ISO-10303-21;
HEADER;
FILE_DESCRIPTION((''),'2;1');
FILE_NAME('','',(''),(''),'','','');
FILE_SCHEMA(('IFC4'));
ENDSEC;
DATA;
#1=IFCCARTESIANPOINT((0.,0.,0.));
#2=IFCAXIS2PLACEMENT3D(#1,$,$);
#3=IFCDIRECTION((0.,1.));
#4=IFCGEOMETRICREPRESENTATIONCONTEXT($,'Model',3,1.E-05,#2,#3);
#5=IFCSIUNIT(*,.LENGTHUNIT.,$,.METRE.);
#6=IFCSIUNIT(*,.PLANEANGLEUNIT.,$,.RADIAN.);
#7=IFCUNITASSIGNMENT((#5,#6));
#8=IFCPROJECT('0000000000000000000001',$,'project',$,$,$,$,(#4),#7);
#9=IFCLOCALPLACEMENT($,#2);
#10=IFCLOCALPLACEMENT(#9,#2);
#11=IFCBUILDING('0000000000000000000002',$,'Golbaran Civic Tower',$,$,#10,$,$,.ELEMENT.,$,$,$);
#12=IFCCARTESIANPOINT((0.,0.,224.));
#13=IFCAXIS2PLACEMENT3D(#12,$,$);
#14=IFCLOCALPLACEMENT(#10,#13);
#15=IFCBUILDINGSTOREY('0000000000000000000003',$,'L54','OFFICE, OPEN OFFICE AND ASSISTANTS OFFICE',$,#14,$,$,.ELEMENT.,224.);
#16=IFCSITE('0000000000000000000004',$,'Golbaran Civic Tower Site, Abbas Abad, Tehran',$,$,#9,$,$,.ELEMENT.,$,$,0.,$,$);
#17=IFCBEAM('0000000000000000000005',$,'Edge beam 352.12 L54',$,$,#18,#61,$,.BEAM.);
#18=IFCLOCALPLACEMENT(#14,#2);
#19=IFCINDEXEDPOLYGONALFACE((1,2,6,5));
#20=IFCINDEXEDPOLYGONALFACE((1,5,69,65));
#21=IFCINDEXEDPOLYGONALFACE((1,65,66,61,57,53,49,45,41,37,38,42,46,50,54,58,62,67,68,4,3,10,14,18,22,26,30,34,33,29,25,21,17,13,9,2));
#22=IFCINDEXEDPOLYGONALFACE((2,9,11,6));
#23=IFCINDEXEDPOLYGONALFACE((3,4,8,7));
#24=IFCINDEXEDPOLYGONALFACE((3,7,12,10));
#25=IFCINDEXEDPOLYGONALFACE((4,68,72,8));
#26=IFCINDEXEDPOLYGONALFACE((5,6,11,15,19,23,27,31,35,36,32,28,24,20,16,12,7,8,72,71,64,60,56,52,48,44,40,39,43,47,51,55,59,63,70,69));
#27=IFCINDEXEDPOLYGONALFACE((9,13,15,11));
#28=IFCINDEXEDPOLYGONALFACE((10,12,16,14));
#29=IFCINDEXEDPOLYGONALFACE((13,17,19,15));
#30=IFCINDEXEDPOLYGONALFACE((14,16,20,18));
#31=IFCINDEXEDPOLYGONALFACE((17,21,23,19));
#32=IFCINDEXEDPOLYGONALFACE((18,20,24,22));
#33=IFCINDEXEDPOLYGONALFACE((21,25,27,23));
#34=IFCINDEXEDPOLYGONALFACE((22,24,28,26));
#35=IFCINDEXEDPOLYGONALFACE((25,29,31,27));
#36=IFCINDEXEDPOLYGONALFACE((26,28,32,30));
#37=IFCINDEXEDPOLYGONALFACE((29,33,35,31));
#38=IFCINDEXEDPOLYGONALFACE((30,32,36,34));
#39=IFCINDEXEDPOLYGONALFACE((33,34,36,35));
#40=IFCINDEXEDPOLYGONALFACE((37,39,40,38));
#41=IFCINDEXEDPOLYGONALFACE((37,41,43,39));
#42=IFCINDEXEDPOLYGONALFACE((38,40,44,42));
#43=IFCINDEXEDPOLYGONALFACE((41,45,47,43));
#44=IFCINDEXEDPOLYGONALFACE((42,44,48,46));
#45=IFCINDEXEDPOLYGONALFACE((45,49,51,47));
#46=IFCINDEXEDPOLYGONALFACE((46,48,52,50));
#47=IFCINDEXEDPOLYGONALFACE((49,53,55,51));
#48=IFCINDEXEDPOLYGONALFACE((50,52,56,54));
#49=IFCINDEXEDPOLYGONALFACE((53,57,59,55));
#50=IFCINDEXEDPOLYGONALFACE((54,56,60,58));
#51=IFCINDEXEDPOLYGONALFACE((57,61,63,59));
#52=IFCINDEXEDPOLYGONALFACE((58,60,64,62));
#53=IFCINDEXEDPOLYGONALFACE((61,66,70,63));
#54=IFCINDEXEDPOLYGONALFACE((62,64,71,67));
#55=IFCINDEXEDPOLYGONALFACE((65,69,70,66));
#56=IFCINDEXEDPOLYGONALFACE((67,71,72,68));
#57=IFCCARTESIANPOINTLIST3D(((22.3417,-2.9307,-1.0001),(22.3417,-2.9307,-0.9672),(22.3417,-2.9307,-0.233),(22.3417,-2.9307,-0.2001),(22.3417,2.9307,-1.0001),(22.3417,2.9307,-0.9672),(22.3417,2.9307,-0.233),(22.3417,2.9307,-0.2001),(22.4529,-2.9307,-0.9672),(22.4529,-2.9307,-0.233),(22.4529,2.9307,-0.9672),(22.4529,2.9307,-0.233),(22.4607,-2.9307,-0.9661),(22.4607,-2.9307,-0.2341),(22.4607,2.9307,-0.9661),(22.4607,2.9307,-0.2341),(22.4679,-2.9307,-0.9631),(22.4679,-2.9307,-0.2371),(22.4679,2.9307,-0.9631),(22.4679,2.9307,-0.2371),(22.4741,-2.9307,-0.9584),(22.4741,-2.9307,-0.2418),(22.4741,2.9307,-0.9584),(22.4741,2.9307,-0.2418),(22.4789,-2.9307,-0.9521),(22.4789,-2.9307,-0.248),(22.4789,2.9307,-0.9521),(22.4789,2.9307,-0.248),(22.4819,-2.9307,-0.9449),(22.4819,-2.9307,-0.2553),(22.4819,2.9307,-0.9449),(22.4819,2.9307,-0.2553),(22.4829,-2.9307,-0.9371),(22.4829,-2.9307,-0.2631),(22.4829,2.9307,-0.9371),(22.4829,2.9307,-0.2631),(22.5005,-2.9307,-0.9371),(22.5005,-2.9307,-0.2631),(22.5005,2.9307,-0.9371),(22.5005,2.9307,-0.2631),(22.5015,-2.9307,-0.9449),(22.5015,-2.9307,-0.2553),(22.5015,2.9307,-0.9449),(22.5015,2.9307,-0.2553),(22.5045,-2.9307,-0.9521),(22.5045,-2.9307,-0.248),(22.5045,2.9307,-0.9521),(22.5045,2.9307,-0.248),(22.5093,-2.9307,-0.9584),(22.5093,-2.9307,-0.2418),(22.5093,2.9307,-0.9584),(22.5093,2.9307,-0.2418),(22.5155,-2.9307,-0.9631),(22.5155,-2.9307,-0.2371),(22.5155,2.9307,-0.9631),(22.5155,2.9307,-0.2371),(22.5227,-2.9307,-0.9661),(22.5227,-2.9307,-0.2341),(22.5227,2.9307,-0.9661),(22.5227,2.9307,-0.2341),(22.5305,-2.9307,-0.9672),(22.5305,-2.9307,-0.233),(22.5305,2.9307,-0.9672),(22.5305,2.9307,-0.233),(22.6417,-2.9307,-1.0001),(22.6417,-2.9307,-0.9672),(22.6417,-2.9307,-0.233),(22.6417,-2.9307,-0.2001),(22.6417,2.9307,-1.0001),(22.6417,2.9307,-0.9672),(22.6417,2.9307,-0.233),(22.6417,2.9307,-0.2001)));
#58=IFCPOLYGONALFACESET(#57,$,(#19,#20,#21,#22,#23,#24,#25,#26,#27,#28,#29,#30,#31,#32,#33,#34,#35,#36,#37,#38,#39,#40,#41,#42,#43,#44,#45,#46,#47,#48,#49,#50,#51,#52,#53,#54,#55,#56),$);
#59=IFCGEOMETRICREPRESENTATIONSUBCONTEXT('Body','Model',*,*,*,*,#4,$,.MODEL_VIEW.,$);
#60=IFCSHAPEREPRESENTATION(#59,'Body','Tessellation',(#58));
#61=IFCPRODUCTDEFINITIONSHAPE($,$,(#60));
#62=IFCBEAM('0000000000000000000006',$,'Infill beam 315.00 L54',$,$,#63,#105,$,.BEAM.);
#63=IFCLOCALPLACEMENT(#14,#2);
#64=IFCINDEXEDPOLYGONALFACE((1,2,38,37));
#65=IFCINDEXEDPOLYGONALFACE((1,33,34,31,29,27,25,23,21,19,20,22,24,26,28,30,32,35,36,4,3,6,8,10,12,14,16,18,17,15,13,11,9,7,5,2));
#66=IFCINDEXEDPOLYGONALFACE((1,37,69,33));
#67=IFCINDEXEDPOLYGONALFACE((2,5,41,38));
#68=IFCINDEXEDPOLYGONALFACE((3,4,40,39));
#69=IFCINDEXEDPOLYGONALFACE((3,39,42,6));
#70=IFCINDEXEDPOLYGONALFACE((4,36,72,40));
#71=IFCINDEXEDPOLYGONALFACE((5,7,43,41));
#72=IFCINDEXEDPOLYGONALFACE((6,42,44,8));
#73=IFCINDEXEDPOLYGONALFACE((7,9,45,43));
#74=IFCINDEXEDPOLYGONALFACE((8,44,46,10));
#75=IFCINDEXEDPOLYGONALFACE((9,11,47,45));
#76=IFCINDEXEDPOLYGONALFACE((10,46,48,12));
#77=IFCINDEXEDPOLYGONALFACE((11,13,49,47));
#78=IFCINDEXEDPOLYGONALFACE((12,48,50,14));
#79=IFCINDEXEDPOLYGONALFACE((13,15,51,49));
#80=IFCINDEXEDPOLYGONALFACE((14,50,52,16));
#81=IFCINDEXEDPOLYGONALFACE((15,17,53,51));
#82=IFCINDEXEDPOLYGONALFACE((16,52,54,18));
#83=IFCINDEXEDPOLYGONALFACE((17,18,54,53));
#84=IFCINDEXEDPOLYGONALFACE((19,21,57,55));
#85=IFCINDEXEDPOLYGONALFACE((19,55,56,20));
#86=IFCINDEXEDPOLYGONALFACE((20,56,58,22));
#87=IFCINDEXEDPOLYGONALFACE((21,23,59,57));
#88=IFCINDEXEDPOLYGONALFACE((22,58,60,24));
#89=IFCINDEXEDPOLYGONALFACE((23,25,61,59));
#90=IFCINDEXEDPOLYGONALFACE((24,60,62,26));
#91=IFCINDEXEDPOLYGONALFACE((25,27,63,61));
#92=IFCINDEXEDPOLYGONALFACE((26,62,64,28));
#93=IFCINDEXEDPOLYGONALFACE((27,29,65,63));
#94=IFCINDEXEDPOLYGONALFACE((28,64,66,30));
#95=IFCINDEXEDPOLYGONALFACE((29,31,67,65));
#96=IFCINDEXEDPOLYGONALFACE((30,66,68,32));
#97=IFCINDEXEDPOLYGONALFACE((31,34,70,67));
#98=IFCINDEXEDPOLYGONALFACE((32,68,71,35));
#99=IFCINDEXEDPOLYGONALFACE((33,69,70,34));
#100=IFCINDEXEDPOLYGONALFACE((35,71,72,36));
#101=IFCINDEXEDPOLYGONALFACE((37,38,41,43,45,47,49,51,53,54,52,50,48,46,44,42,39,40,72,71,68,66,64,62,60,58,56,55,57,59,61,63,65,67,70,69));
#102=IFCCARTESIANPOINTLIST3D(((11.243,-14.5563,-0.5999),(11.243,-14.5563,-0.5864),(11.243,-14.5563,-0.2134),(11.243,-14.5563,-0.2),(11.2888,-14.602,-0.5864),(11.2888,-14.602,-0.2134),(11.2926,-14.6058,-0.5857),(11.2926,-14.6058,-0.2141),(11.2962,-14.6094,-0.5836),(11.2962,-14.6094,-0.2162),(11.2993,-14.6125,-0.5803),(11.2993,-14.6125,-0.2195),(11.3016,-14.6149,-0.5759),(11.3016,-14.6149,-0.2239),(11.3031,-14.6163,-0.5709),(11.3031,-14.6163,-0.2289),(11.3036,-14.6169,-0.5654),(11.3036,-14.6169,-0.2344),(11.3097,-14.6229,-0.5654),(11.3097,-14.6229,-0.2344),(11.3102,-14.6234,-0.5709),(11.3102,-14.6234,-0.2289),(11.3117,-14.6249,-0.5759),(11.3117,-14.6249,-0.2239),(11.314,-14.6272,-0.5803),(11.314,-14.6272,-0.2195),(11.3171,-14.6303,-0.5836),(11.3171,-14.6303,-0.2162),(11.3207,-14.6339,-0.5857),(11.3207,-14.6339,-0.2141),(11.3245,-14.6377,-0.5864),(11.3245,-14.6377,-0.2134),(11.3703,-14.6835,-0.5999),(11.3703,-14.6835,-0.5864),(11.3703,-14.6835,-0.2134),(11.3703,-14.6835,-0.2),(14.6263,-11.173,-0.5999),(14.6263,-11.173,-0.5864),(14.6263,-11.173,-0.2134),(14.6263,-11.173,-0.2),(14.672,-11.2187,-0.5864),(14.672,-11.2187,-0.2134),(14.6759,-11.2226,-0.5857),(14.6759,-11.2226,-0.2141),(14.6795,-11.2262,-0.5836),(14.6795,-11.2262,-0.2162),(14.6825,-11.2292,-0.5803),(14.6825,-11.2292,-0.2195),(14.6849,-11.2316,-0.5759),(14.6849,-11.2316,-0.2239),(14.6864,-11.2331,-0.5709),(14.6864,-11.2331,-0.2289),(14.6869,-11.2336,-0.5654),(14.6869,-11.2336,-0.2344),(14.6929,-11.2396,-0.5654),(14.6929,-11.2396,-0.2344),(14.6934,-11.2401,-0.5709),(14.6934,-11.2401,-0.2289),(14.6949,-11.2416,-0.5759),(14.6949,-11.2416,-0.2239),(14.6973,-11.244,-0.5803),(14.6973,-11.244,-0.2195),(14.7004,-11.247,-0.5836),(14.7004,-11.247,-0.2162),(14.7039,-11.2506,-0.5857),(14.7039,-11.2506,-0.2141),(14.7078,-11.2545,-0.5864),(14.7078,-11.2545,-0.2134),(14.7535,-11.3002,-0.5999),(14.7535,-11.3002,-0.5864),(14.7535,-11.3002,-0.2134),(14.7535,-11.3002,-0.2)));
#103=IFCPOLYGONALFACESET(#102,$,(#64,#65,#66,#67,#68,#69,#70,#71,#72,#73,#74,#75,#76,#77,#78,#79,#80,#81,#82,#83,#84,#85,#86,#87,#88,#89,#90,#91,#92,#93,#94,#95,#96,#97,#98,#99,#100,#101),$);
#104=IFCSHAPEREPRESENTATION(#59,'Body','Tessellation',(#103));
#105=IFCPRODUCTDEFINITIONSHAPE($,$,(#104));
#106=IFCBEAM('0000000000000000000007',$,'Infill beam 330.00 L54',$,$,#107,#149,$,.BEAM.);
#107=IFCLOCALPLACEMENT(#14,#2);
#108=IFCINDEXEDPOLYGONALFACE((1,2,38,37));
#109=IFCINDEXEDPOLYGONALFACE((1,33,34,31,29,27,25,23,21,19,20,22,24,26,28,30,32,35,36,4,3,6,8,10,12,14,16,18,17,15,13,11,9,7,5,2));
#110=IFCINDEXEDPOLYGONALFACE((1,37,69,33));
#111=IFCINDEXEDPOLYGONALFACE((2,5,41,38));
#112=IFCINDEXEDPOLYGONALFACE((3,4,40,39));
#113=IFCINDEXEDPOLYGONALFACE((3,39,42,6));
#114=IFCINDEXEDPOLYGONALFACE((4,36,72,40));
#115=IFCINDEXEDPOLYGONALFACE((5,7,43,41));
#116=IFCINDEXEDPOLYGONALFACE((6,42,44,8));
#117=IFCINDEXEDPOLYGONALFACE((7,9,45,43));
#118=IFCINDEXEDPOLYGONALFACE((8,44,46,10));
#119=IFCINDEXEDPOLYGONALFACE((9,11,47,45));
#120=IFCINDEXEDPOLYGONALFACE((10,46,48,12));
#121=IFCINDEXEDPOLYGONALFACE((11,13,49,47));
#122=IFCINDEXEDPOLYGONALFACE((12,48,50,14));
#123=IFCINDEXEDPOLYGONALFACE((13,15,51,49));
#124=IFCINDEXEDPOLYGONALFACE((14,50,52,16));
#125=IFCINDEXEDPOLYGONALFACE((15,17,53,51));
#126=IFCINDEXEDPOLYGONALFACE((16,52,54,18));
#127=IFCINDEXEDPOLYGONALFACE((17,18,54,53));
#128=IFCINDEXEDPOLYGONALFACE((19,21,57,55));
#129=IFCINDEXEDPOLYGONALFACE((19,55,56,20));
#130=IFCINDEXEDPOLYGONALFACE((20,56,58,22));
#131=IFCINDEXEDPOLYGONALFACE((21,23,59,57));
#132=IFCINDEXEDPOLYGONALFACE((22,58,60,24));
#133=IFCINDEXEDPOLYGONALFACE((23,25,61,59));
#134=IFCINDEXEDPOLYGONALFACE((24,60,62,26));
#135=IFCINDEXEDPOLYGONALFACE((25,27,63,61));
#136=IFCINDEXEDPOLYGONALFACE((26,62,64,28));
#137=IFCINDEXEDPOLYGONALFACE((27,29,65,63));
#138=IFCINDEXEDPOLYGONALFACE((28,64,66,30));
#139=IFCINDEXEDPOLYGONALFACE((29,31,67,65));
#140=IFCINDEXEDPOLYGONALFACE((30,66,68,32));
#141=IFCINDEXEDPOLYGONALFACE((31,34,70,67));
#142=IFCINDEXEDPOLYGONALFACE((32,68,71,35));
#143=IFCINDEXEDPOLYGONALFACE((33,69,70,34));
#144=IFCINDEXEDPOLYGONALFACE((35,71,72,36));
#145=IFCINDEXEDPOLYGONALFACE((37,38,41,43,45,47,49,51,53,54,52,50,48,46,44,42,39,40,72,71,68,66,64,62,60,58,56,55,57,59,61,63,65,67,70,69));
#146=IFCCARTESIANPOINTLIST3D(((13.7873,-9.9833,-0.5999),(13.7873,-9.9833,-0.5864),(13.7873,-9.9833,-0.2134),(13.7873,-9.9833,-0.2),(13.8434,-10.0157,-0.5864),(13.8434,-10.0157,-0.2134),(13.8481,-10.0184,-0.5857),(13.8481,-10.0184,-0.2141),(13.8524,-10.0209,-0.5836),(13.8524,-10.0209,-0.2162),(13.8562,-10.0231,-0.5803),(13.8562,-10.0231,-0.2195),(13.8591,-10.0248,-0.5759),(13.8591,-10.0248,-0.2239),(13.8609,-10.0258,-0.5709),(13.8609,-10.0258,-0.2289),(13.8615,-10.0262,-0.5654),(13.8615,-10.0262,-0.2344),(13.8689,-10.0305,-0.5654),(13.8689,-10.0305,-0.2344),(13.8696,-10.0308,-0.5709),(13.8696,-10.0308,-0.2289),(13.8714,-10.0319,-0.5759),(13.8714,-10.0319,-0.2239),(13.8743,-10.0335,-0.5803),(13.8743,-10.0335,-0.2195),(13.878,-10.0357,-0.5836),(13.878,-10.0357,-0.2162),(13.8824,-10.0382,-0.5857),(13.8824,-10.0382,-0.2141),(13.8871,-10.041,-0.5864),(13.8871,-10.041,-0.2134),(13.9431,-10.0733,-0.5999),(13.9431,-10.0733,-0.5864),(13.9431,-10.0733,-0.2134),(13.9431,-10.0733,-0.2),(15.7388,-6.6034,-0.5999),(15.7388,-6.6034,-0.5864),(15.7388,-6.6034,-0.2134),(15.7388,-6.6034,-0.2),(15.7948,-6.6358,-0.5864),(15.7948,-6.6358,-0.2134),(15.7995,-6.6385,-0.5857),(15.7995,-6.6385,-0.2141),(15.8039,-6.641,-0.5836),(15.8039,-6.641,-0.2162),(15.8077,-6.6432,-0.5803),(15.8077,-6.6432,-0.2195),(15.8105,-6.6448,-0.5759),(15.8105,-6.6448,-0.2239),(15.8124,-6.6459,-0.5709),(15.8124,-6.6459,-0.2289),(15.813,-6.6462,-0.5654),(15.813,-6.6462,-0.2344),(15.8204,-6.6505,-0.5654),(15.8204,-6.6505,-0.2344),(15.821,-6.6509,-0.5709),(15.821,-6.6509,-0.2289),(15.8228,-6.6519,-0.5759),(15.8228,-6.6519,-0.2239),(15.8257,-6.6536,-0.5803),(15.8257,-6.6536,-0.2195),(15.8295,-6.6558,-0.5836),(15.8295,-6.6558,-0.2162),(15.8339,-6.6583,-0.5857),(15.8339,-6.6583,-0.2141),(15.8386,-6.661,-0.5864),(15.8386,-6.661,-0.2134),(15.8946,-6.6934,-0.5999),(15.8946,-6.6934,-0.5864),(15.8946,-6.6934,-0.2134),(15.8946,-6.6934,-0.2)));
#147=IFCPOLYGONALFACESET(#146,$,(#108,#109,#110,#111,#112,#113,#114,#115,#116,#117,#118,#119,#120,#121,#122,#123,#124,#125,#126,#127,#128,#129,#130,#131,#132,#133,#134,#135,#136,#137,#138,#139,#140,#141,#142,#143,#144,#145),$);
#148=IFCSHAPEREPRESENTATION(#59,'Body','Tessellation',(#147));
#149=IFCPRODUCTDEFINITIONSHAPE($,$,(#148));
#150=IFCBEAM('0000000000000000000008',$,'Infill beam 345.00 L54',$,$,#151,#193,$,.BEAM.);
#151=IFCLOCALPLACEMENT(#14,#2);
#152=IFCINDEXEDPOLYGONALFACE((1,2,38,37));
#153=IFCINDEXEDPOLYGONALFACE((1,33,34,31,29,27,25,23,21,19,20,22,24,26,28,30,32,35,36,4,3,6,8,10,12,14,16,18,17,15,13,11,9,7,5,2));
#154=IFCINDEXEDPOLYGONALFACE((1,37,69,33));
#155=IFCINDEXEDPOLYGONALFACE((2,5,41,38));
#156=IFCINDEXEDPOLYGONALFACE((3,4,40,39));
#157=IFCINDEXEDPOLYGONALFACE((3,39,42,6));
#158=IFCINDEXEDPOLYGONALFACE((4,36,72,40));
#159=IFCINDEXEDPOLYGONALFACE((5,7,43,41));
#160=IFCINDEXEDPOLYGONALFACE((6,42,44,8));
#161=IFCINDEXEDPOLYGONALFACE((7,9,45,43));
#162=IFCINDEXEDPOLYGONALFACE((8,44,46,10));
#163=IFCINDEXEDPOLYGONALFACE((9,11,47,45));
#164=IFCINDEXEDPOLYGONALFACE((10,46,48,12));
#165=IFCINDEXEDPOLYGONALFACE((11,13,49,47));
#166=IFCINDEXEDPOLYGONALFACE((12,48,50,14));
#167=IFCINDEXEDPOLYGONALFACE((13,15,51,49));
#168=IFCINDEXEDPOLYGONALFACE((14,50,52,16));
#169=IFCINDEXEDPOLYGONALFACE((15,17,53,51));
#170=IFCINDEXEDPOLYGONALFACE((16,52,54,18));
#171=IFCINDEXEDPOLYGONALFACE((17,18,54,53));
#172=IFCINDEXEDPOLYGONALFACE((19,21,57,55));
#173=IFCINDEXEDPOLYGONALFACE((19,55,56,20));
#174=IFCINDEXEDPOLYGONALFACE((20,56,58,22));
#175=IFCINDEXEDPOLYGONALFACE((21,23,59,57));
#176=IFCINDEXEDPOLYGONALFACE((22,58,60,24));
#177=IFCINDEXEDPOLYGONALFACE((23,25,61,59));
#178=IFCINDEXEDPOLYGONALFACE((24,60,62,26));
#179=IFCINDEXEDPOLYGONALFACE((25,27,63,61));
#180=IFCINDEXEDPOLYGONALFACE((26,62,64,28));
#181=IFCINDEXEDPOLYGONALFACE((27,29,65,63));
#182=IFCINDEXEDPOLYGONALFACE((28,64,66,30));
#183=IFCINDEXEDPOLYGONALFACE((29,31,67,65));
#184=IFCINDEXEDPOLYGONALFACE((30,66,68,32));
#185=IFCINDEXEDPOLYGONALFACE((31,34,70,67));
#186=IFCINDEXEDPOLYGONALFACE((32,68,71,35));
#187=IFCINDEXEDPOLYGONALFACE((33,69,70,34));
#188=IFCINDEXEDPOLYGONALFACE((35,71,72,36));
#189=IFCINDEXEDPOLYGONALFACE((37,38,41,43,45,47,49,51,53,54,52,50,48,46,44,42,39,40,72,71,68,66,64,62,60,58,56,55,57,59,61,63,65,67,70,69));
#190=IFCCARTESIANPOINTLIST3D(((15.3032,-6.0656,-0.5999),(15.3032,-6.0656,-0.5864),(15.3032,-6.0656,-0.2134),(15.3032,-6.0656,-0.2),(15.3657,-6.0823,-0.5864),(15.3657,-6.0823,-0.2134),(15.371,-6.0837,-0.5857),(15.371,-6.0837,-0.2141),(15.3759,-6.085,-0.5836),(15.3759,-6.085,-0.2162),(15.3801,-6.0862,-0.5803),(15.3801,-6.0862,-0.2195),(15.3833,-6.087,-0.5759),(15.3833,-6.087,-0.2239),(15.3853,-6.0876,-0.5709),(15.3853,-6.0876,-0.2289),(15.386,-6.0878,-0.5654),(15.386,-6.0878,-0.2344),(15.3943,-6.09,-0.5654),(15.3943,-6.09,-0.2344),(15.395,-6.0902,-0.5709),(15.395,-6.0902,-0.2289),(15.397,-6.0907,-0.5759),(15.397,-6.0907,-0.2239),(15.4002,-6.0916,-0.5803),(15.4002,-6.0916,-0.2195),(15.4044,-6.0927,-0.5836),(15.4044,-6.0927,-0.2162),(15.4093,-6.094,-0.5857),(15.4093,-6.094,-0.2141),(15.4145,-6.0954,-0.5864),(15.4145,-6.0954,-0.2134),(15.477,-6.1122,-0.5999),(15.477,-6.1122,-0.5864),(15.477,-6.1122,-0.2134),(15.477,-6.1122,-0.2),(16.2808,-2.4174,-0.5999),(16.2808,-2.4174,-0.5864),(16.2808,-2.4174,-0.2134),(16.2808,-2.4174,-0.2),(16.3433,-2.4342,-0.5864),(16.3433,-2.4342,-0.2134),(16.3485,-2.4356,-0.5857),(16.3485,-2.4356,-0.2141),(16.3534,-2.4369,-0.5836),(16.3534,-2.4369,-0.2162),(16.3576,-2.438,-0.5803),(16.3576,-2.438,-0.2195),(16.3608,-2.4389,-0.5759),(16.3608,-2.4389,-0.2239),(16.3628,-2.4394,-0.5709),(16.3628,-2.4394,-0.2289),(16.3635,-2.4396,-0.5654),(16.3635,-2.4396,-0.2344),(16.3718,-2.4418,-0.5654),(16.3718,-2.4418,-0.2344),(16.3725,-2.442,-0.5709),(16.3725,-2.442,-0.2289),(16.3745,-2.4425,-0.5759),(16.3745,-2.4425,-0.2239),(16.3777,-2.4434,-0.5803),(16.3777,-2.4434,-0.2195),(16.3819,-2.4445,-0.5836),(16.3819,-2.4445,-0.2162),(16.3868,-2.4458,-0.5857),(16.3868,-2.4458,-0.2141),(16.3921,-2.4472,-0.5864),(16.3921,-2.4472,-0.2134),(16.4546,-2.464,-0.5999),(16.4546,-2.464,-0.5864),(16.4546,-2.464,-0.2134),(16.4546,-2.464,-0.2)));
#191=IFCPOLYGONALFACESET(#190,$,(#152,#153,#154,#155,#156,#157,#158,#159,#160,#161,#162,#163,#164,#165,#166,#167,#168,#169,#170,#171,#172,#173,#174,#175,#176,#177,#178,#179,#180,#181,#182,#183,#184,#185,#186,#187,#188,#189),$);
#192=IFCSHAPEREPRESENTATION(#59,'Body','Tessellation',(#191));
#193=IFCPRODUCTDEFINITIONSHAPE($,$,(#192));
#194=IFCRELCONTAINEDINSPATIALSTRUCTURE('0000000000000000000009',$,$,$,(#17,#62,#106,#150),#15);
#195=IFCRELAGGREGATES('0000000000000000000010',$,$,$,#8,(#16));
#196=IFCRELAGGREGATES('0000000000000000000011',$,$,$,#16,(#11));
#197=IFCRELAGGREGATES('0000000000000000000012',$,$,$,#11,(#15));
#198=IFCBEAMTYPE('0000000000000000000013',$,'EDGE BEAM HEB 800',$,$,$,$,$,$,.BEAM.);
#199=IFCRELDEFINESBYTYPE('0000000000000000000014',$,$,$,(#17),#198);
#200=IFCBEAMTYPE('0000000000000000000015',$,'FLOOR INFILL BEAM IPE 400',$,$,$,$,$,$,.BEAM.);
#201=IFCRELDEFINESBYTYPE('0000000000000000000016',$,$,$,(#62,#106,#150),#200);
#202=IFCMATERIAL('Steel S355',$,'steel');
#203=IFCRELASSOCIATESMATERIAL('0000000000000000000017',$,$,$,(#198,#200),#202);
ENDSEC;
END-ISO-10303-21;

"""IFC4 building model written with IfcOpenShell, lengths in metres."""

from ifc_helpers import new_model, si_unit, direction, frame, origin, origin_2d, place, context, subcontext, project, spatial, i_section, extrude, material, material_profile, profile_set, type_object, element, save


model = new_model("IFC4")

# Units and contexts
model_context = context("Model", 3, precision=1e-05, world=origin(), true_north=direction((0.0, 1.0)))
body_context = subcontext(model_context, "Body", "Model", "MODEL_VIEW")
ifc_project = project(units=[si_unit("LENGTHUNIT", "METRE"), si_unit("PLANEANGLEUNIT", "RADIAN")], contexts=[model_context])

# Site, building, storey
site_placement = place(None, origin())
site = spatial("IfcSite", under=ifc_project, at=site_placement, Name="Golbaran Civic Tower Site, Abbas Abad, Tehran", CompositionType="ELEMENT", RefElevation=0.0)
building_placement = place(site_placement, origin())
building = spatial("IfcBuilding", under=site, at=building_placement, Name="Golbaran Civic Tower", CompositionType="ELEMENT")
storey_placement = place(building_placement, frame((0.0, 0.0, 224.0)))
storey = spatial("IfcBuildingStorey", under=building, at=storey_placement, Name="L54", Description="OFFICE, OPEN OFFICE AND ASSISTANTS OFFICE", CompositionType="ELEMENT", Elevation=224.0)

# Beams
ifc_material_1 = material(Name="Steel S355", Category="steel")
ifc_material_profile_1 = material_profile(ifc_material_1, i_section(OverallWidth=0.3, OverallDepth=0.8, WebThickness=0.0176, FlangeThickness=0.033, FilletRadius=0.03, at=origin_2d()), Name="HEB 800")
ifc_profile_set_1 = profile_set([ifc_material_profile_1], Name="Steel S355")
beam_type_1 = type_object("IfcBeamType", Name="EDGE BEAM HEB 800", PredefinedType="BEAM", material=ifc_profile_set_1)
beam_1_placement = place(storey_placement, frame((22.4917, -2.9307, -0.6001), z_axis=(0.0, 1.0, 0.0), x_axis=(-1.0, 0.0, 0.0)))
element("IfcBeam", 1, at=beam_1_placement, inside=storey, type_object=beam_type_1, Name="Edge beam 352.12 L54", PredefinedType="BEAM", context=body_context, shape_type="SweptSolid", body=[
    extrude(i_section(OverallWidth=0.3, OverallDepth=0.8, WebThickness=0.0176, FlangeThickness=0.033, FilletRadius=0.03, at=origin_2d()), origin(), (0.0, 0.0, 1.0), 5.8613),
])
ifc_material_profile_2 = material_profile(ifc_material_1, i_section(OverallWidth=0.1799, OverallDepth=0.3999, WebThickness=0.0085, FlangeThickness=0.0134, FilletRadius=0.021, at=origin_2d()), Name="IPE 400")
ifc_profile_set_2 = profile_set([ifc_material_profile_2], Name="Steel S355")
beam_type_2 = type_object("IfcBeamType", Name="FLOOR INFILL BEAM IPE 400", PredefinedType="BEAM", material=ifc_profile_set_2)
beam_2_placement = place(storey_placement, frame((11.3066, -14.6199, -0.3999), z_axis=(0.707107, 0.707107, 0.0), x_axis=(-0.707107, 0.707107, 0.0)))
element("IfcBeam", 2, at=beam_2_placement, inside=storey, type_object=beam_type_2, Name="Infill beam 315.00 L54", PredefinedType="BEAM", context=body_context, shape_type="SweptSolid", body=[
    extrude(i_section(OverallWidth=0.1799, OverallDepth=0.3999, WebThickness=0.0085, FlangeThickness=0.0134, FilletRadius=0.021, at=origin_2d()), origin(), (0.0, 0.0, 1.0), 4.7847),
])
beam_3_placement = place(storey_placement, frame((13.8652, -10.0283, -0.3999), z_axis=(0.500008, 0.866021, 0.0), x_axis=(-0.866021, 0.500008, 0.0)))
element("IfcBeam", 3, at=beam_3_placement, inside=storey, type_object=beam_type_2, Name="Infill beam 330.00 L54", PredefinedType="BEAM", context=body_context, shape_type="SweptSolid", body=[
    extrude(i_section(OverallWidth=0.1799, OverallDepth=0.3999, WebThickness=0.0085, FlangeThickness=0.0134, FilletRadius=0.021, at=origin_2d()), origin(), (0.0, 0.0, 1.0), 3.9028),
])
beam_4_placement = place(storey_placement, frame((15.3901, -6.0889, -0.3999), z_axis=(0.258821, 0.965925, 0.0), x_axis=(-0.965925, 0.258821, 0.0)))
element("IfcBeam", 4, at=beam_4_placement, inside=storey, type_object=beam_type_2, Name="Infill beam 345.00 L54", PredefinedType="BEAM", context=body_context, shape_type="SweptSolid", body=[
    extrude(i_section(OverallWidth=0.1799, OverallDepth=0.3999, WebThickness=0.0085, FlangeThickness=0.0134, FilletRadius=0.021, at=origin_2d()), origin(), (0.0, 0.0, 1.0), 3.7769),
])

save(model, "model.ifc")
